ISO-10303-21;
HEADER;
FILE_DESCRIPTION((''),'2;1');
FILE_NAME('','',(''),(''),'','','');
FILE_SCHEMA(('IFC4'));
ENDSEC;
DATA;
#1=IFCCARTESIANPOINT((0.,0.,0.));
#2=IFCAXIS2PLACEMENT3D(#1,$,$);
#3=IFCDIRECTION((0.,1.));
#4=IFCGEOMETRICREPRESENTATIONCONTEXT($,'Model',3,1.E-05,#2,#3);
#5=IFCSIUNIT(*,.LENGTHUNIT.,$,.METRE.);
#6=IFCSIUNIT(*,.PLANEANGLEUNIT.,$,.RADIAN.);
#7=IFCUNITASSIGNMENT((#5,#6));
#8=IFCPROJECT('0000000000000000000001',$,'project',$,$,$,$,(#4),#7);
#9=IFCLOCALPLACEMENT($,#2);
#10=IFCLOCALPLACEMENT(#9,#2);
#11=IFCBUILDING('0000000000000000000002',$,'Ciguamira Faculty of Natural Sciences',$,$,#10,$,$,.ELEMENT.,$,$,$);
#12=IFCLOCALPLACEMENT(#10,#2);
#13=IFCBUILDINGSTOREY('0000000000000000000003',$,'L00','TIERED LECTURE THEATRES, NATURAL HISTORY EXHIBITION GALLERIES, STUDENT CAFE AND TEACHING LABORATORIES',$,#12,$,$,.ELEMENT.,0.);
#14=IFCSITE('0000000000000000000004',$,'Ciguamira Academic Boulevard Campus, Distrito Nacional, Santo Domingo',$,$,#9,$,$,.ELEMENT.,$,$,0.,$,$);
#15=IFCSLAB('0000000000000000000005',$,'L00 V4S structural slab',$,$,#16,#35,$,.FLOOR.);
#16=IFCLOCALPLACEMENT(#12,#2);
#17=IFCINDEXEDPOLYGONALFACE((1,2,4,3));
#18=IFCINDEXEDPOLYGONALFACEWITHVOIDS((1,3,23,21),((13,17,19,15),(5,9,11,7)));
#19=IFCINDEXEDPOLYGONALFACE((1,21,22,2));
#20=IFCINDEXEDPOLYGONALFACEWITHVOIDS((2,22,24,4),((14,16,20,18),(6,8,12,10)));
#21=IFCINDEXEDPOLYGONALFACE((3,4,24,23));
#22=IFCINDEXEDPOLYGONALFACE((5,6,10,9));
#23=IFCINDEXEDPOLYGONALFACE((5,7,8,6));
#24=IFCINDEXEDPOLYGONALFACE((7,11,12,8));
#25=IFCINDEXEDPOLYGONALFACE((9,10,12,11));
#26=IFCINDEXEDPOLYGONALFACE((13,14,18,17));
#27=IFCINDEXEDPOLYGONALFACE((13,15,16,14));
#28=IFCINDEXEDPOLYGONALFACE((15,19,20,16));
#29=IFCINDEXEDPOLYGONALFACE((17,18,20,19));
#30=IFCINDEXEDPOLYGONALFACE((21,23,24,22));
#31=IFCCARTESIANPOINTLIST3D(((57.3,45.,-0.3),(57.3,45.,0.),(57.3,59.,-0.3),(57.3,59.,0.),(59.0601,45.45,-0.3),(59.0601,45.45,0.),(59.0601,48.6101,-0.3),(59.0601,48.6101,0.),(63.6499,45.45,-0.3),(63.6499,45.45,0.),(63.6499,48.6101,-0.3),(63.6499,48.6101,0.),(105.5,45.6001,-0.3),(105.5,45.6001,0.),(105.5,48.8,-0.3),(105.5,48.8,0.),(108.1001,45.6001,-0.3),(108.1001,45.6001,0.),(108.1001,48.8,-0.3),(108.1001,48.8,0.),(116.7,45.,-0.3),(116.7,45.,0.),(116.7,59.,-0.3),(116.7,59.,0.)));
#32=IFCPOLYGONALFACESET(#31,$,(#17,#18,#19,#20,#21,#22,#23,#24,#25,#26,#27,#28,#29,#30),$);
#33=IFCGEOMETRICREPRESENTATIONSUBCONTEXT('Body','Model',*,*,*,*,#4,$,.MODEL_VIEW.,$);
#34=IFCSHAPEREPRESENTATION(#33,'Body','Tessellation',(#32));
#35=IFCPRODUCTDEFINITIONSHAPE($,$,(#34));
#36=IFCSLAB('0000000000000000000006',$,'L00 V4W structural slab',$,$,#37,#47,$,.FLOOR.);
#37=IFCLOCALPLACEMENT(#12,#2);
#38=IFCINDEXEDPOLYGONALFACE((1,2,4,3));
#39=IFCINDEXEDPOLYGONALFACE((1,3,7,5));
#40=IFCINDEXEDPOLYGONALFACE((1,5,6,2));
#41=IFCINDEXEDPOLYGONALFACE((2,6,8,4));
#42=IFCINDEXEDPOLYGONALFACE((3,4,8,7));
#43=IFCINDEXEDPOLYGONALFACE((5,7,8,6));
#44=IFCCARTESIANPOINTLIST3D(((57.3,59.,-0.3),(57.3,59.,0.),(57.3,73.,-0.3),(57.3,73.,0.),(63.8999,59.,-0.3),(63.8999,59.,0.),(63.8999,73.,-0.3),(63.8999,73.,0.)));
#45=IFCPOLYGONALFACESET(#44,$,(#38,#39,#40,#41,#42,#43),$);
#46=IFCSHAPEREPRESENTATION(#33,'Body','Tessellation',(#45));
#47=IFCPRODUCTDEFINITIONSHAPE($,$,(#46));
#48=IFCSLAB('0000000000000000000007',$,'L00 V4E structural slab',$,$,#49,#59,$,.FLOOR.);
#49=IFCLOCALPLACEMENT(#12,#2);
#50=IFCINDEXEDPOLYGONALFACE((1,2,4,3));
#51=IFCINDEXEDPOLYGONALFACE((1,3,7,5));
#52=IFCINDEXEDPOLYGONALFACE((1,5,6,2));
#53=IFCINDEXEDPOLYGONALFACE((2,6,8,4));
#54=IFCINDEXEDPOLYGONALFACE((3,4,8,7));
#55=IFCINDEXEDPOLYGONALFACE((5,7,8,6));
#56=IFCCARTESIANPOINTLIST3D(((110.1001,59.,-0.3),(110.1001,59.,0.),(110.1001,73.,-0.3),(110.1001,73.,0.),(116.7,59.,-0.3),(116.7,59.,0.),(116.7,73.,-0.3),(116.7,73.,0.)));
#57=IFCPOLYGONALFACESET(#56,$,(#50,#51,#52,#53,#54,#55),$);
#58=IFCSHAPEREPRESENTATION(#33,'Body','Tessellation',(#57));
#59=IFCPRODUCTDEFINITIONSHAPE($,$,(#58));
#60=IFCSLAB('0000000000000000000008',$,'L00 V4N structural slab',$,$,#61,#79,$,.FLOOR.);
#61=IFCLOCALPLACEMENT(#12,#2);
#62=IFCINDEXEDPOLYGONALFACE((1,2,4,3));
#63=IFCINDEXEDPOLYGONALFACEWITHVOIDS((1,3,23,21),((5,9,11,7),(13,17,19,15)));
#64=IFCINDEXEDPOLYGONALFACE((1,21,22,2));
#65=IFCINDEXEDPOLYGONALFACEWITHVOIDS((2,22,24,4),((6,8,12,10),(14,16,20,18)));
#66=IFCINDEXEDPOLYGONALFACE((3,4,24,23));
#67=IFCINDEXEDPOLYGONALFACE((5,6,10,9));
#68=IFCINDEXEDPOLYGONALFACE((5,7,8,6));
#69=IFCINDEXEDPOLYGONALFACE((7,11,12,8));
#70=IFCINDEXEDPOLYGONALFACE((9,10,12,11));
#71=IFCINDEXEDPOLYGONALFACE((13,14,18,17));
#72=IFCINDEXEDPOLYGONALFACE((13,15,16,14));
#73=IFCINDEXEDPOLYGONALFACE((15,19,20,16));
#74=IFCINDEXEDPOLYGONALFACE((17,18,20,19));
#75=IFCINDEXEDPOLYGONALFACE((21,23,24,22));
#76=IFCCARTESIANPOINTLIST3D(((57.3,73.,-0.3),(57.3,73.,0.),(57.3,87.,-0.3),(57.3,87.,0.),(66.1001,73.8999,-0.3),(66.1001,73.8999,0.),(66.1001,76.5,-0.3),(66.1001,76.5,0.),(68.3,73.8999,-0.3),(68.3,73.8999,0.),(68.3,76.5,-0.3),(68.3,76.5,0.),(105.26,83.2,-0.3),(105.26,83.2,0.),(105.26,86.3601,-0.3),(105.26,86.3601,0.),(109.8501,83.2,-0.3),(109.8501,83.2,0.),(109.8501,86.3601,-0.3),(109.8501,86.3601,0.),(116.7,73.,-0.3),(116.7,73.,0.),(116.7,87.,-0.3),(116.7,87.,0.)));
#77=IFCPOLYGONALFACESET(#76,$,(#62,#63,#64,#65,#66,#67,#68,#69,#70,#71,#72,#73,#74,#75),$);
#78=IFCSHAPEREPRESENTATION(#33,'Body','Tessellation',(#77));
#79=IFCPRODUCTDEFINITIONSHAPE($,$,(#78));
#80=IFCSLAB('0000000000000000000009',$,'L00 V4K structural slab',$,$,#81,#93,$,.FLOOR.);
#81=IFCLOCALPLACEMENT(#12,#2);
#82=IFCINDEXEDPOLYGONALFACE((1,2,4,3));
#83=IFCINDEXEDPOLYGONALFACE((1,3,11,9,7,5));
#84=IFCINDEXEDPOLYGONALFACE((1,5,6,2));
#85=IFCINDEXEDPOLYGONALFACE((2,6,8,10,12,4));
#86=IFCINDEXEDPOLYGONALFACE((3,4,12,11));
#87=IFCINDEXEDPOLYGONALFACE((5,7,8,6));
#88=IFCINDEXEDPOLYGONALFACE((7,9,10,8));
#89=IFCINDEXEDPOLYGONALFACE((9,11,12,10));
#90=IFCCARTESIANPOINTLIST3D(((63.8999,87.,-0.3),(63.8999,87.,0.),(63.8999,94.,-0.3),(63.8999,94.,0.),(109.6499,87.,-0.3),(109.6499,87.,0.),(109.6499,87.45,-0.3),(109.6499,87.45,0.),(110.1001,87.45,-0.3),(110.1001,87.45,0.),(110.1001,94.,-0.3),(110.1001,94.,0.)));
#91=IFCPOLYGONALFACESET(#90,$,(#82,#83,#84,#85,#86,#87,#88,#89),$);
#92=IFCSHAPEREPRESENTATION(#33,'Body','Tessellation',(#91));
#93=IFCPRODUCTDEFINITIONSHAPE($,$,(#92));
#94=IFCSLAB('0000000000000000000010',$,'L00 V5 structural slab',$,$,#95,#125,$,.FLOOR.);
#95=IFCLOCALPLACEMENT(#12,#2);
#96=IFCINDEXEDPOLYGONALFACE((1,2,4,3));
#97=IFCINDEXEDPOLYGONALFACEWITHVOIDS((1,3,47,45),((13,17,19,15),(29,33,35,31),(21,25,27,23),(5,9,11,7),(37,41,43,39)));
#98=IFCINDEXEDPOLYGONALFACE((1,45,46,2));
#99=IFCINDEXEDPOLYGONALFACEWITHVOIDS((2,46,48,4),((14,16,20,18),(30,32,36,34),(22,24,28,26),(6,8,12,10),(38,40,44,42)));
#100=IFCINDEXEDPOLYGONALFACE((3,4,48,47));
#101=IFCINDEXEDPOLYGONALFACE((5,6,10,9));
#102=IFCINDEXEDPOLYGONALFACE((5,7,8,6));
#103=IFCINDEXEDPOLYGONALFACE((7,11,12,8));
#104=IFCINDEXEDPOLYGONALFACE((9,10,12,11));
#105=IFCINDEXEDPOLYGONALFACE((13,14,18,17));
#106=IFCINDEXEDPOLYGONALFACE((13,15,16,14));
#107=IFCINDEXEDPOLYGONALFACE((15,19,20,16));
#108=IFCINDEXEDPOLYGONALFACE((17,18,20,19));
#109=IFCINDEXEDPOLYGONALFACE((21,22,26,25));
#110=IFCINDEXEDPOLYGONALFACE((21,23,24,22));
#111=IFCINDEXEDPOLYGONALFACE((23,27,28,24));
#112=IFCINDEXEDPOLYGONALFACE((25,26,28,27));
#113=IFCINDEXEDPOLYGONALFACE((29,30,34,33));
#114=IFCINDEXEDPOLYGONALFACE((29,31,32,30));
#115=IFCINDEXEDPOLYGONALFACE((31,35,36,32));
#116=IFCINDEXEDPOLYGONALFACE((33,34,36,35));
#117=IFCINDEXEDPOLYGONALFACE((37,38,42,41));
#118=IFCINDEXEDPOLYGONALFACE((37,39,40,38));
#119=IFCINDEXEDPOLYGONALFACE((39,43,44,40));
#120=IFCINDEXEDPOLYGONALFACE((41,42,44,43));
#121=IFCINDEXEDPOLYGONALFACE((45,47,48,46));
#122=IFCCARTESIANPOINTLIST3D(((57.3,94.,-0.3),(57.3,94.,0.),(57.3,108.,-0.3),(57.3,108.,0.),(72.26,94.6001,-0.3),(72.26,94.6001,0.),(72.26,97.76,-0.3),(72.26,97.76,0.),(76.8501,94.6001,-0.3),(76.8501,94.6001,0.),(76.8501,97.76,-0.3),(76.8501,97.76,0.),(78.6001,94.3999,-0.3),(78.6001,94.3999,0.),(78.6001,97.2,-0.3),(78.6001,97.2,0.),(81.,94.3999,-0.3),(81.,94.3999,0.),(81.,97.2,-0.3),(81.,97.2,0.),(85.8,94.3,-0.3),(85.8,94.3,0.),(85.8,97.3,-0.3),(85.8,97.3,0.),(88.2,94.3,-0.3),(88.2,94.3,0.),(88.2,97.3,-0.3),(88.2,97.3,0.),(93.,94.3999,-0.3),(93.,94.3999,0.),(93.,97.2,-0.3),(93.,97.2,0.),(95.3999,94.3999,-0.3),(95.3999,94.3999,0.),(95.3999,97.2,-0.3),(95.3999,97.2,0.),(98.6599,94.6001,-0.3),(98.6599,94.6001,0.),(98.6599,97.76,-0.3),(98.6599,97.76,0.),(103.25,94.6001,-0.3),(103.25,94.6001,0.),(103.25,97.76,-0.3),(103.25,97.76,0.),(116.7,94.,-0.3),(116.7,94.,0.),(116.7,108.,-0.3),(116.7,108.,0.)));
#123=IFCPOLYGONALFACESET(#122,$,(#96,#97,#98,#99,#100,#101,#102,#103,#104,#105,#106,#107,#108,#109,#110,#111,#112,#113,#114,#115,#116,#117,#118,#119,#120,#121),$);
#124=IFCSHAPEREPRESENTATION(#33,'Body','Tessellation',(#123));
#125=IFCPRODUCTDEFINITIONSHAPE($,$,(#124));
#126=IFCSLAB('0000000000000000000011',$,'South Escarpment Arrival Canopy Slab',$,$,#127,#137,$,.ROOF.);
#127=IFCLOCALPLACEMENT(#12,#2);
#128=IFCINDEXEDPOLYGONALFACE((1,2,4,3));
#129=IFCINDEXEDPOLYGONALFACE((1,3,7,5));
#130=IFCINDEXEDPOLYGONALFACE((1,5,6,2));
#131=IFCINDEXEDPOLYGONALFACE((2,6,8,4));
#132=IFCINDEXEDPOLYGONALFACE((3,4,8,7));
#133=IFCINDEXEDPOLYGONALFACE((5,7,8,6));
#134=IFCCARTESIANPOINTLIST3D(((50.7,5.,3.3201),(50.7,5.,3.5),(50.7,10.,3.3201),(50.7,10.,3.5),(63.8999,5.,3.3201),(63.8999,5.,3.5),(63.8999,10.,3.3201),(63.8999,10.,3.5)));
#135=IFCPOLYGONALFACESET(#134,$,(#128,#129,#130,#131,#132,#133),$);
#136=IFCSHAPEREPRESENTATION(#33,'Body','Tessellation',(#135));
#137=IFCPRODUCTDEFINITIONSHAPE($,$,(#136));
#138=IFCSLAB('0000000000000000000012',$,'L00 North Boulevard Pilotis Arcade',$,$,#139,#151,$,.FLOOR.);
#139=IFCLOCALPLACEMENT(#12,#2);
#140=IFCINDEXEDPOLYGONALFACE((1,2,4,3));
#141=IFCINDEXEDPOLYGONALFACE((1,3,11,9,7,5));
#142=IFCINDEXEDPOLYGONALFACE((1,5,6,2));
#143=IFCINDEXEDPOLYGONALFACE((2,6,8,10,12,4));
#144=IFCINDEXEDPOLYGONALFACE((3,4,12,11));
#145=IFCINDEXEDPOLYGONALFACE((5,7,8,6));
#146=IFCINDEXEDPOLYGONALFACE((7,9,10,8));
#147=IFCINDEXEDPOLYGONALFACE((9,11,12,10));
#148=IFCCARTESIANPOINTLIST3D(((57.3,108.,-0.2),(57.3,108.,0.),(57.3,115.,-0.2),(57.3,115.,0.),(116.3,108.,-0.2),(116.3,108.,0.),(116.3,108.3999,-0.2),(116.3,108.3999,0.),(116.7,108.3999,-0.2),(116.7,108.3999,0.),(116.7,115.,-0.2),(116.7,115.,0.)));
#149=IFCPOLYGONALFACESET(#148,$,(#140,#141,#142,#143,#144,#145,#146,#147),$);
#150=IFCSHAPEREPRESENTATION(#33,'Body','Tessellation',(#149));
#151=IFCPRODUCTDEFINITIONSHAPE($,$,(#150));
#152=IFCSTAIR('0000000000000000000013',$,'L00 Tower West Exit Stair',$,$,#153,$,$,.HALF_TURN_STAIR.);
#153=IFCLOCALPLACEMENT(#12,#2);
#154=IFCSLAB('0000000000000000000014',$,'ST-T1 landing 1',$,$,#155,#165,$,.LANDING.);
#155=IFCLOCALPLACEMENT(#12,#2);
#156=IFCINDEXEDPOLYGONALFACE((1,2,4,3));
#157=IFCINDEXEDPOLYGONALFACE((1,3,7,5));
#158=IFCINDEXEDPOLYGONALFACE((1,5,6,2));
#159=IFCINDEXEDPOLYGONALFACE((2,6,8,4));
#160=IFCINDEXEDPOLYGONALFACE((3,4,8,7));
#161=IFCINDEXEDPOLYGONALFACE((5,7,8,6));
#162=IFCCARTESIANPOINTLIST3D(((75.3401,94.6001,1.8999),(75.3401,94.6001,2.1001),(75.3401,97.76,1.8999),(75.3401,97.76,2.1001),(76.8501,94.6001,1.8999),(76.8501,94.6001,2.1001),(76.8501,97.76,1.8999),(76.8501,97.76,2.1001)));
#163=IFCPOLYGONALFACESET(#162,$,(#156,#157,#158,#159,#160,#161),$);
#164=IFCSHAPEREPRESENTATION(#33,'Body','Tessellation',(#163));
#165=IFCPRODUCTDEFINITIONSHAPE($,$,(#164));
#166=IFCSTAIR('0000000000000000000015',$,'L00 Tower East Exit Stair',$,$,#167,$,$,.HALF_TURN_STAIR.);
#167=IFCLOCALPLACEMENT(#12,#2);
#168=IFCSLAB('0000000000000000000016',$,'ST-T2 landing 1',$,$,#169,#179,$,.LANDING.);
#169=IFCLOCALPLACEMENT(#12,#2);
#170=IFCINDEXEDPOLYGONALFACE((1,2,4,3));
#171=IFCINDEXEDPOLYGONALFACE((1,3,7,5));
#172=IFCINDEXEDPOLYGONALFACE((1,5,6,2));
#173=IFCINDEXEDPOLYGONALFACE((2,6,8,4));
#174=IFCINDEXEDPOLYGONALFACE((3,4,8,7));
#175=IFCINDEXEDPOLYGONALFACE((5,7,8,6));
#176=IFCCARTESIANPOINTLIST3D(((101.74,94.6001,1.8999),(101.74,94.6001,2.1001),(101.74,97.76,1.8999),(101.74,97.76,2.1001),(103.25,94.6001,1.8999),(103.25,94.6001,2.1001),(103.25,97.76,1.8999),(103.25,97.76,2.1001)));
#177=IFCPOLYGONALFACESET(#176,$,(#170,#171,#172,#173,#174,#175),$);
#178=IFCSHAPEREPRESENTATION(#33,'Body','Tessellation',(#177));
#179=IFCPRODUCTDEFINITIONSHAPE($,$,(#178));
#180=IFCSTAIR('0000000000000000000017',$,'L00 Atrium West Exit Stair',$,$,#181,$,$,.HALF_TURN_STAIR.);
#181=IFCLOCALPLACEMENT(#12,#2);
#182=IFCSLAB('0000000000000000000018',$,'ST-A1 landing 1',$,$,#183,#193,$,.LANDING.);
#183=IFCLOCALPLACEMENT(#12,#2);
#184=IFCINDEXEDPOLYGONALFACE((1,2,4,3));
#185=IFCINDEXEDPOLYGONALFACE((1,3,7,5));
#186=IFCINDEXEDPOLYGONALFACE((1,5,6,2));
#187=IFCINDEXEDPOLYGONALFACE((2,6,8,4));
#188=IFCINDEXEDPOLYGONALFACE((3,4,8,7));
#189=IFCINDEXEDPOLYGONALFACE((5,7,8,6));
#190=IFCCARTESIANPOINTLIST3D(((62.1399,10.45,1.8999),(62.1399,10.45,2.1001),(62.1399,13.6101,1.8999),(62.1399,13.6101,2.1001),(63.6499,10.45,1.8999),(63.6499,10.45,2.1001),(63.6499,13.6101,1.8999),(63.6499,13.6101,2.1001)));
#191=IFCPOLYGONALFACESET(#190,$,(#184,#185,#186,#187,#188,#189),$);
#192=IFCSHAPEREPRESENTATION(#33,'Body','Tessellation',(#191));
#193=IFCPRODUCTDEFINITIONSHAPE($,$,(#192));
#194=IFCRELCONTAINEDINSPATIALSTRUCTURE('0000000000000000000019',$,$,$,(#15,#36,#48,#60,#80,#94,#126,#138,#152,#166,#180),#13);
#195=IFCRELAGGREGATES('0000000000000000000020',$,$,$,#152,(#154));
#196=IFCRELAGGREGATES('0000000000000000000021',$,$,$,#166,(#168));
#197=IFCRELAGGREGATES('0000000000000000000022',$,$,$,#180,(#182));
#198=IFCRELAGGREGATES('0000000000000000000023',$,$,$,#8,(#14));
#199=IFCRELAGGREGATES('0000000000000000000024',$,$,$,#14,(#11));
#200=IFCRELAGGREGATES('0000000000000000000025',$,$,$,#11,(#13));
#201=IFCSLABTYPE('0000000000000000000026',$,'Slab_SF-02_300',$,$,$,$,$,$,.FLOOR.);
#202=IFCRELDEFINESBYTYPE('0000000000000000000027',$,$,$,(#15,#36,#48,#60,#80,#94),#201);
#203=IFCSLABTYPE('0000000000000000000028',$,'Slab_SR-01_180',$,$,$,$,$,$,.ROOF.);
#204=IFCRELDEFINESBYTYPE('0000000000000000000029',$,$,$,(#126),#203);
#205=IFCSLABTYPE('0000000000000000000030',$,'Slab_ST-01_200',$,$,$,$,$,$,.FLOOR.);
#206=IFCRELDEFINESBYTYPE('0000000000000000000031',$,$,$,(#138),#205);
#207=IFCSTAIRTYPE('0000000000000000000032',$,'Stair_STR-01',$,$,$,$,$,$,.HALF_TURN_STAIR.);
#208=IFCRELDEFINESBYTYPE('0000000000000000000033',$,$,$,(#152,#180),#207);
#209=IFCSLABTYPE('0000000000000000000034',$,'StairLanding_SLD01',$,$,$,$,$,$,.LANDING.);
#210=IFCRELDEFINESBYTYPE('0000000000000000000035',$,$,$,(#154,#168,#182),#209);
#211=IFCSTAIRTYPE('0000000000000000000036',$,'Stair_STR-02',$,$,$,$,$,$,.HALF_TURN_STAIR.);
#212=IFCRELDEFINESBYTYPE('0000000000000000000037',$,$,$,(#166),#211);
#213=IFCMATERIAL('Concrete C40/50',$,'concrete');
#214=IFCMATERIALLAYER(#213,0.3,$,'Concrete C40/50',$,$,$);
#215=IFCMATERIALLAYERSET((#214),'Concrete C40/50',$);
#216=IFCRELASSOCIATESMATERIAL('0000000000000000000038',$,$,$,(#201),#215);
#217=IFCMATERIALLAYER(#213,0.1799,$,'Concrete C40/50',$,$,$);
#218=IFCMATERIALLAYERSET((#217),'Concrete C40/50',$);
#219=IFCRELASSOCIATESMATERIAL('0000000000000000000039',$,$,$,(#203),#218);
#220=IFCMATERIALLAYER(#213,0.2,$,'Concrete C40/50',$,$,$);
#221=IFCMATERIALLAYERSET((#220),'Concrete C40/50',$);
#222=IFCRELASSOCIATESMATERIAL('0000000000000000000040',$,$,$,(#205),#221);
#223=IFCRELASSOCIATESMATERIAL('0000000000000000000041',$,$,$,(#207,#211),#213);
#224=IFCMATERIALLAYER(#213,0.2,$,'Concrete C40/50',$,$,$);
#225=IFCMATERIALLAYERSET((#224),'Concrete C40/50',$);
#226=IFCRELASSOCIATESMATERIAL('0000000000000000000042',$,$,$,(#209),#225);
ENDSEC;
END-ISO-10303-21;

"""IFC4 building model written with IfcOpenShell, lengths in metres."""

from ifc_helpers import new_model, si_unit, direction, frame, origin, place, context, subcontext, project, spatial, polyline, outline, extrude, material, layer, layer_set, type_object, element, aggregate, save


model = new_model("IFC4")

# Units and contexts
model_context = context("Model", 3, precision=1e-05, world=origin(), true_north=direction((0.0, 1.0)))
body_context = subcontext(model_context, "Body", "Model", "MODEL_VIEW")
ifc_project = project(units=[si_unit("LENGTHUNIT", "METRE"), si_unit("PLANEANGLEUNIT", "RADIAN")], contexts=[model_context])

# Site, building, storey
site_placement = place(None, origin())
site = spatial("IfcSite", under=ifc_project, at=site_placement, Name="Ciguamira Academic Boulevard Campus, Distrito Nacional, Santo Domingo", CompositionType="ELEMENT", RefElevation=0.0)
building_placement = place(site_placement, origin())
building = spatial("IfcBuilding", under=site, at=building_placement, Name="Ciguamira Faculty of Natural Sciences", CompositionType="ELEMENT")
storey_placement = place(building_placement, origin())
storey = spatial("IfcBuildingStorey", under=building, at=storey_placement, Name="L00", Description="TIERED LECTURE THEATRES, NATURAL HISTORY EXHIBITION GALLERIES, STUDENT CAFE AND TEACHING LABORATORIES", CompositionType="ELEMENT", Elevation=0.0)

# Slabs
ifc_material_1 = material(Name="Concrete C40/50", Category="concrete")
ifc_layer_1 = layer(ifc_material_1, 0.3, Name="Concrete C40/50")
ifc_layer_set_1 = layer_set([ifc_layer_1], Name="Concrete C40/50")
slab_type_1 = type_object("IfcSlabType", Name="Slab_SF-02_300", PredefinedType="FLOOR", material=ifc_layer_set_1)
slab_1_placement = place(storey_placement, frame((0.0, 0.0, -0.3)))
element("IfcSlab", 1, at=slab_1_placement, inside=storey, type_object=slab_type_1, Name="L00 V4S structural slab", PredefinedType="FLOOR", context=body_context, shape_type="SweptSolid", body=[
    extrude(outline(polyline([(57.3, 45.0), (116.7, 45.0), (116.7, 59.0), (57.3, 59.0), (57.3, 45.0)]), holes=[polyline([(59.0601, 45.45), (63.6499, 45.45), (63.6499, 48.6101), (59.0601, 48.6101), (59.0601, 45.45)]), polyline([(105.5, 45.6001), (108.1001, 45.6001), (108.1001, 48.8), (105.5, 48.8), (105.5, 45.6001)])]), origin(), (0.0, 0.0, 1.0), 0.3),
])
slab_2_placement = place(storey_placement, frame((0.0, 0.0, -0.3)))
element("IfcSlab", 2, at=slab_2_placement, inside=storey, type_object=slab_type_1, Name="L00 V4W structural slab", PredefinedType="FLOOR", context=body_context, shape_type="SweptSolid", body=[
    extrude(outline(polyline([(57.3, 59.0), (63.8999, 59.0), (63.8999, 73.0), (57.3, 73.0), (57.3, 59.0)])), origin(), (0.0, 0.0, 1.0), 0.3),
])
slab_3_placement = place(storey_placement, frame((0.0, 0.0, -0.3)))
element("IfcSlab", 3, at=slab_3_placement, inside=storey, type_object=slab_type_1, Name="L00 V4E structural slab", PredefinedType="FLOOR", context=body_context, shape_type="SweptSolid", body=[
    extrude(outline(polyline([(110.1001, 59.0), (116.7, 59.0), (116.7, 73.0), (110.1001, 73.0), (110.1001, 59.0)])), origin(), (0.0, 0.0, 1.0), 0.3),
])
slab_4_placement = place(storey_placement, frame((0.0, 0.0, -0.3)))
element("IfcSlab", 4, at=slab_4_placement, inside=storey, type_object=slab_type_1, Name="L00 V4N structural slab", PredefinedType="FLOOR", context=body_context, shape_type="SweptSolid", body=[
    extrude(outline(polyline([(57.3, 73.0), (116.7, 73.0), (116.7, 87.0), (57.3, 87.0), (57.3, 73.0)]), holes=[polyline([(105.26, 83.2), (109.8501, 83.2), (109.8501, 86.3601), (105.26, 86.3601), (105.26, 83.2)]), polyline([(66.1001, 73.8999), (68.3, 73.8999), (68.3, 76.5), (66.1001, 76.5), (66.1001, 73.8999)])]), origin(), (0.0, 0.0, 1.0), 0.3),
])
slab_5_placement = place(storey_placement, frame((0.0, 0.0, -0.3)))
element("IfcSlab", 5, at=slab_5_placement, inside=storey, type_object=slab_type_1, Name="L00 V4K structural slab", PredefinedType="FLOOR", context=body_context, shape_type="SweptSolid", body=[
    extrude(outline(polyline([(63.8999, 87.0), (109.6499, 87.0), (109.6499, 87.45), (110.1001, 87.45), (110.1001, 94.0), (63.8999, 94.0), (63.8999, 87.0)])), origin(), (0.0, 0.0, 1.0), 0.3),
])
slab_6_placement = place(storey_placement, frame((0.0, 0.0, -0.3)))
element("IfcSlab", 6, at=slab_6_placement, inside=storey, type_object=slab_type_1, Name="L00 V5 structural slab", PredefinedType="FLOOR", context=body_context, shape_type="SweptSolid", body=[
    extrude(outline(polyline([(57.3, 94.0), (116.7, 94.0), (116.7, 108.0), (57.3, 108.0), (57.3, 94.0)]), holes=[polyline([(72.26, 94.6001), (76.8501, 94.6001), (76.8501, 97.76), (72.26, 97.76), (72.26, 94.6001)]), polyline([(98.6599, 94.6001), (103.25, 94.6001), (103.25, 97.76), (98.6599, 97.76), (98.6599, 94.6001)]), polyline([(78.6001, 94.3999), (81.0, 94.3999), (81.0, 97.2), (78.6001, 97.2), (78.6001, 94.3999)]), polyline([(93.0, 94.3999), (95.3999, 94.3999), (95.3999, 97.2), (93.0, 97.2), (93.0, 94.3999)]), polyline([(85.8, 94.3), (88.2, 94.3), (88.2, 97.3), (85.8, 97.3), (85.8, 94.3)])]), origin(), (0.0, 0.0, 1.0), 0.3),
])
ifc_layer_2 = layer(ifc_material_1, 0.1799, Name="Concrete C40/50")
ifc_layer_set_2 = layer_set([ifc_layer_2], Name="Concrete C40/50")
slab_type_2 = type_object("IfcSlabType", Name="Slab_SR-01_180", PredefinedType="ROOF", material=ifc_layer_set_2)
slab_7_placement = place(storey_placement, frame((0.0, 0.0, 3.3201)))
element("IfcSlab", 7, at=slab_7_placement, inside=storey, type_object=slab_type_2, Name="South Escarpment Arrival Canopy Slab", PredefinedType="ROOF", context=body_context, shape_type="SweptSolid", body=[
    extrude(outline(polyline([(50.7, 5.0), (63.8999, 5.0), (63.8999, 10.0), (50.7, 10.0), (50.7, 5.0)])), origin(), (0.0, 0.0, 1.0), 0.1799),
])
ifc_layer_3 = layer(ifc_material_1, 0.2, Name="Concrete C40/50")
ifc_layer_set_3 = layer_set([ifc_layer_3], Name="Concrete C40/50")
slab_type_3 = type_object("IfcSlabType", Name="Slab_ST-01_200", PredefinedType="FLOOR", material=ifc_layer_set_3)
slab_8_placement = place(storey_placement, frame((0.0, 0.0, -0.2)))
element("IfcSlab", 8, at=slab_8_placement, inside=storey, type_object=slab_type_3, Name="L00 North Boulevard Pilotis Arcade", PredefinedType="FLOOR", context=body_context, shape_type="SweptSolid", body=[
    extrude(outline(polyline([(57.3, 108.0), (116.3, 108.0), (116.3, 108.3999), (116.7, 108.3999), (116.7, 115.0), (57.3, 115.0), (57.3, 108.0)])), origin(), (0.0, 0.0, 1.0), 0.2),
])

# Stairs, slabs
stair_type_1 = type_object("IfcStairType", Name="Stair_STR-01", PredefinedType="HALF_TURN_STAIR", material=ifc_material_1)
stair_1_placement = place(storey_placement, origin())
stair_1 = element("IfcStair", 9, at=stair_1_placement, inside=storey, type_object=stair_type_1, Name="L00 Tower West Exit Stair", PredefinedType="HALF_TURN_STAIR")
ifc_layer_4 = layer(ifc_material_1, 0.2, Name="Concrete C40/50")
ifc_layer_set_4 = layer_set([ifc_layer_4], Name="Concrete C40/50")
slab_type_4 = type_object("IfcSlabType", Name="StairLanding_SLD01", PredefinedType="LANDING", material=ifc_layer_set_4)
slab_9_placement = place(storey_placement, frame((0.0, 0.0, 1.8999)))
slab_9 = element("IfcSlab", 10, at=slab_9_placement, type_object=slab_type_4, Name="ST-T1 landing 1", PredefinedType="LANDING", context=body_context, shape_type="SweptSolid", body=[
    extrude(outline(polyline([(75.3401, 94.6001), (76.8501, 94.6001), (76.8501, 97.76), (75.3401, 97.76), (75.3401, 94.6001)])), origin(), (0.0, 0.0, 1.0), 0.2002),
])
aggregate(stair_1, [slab_9])
stair_type_2 = type_object("IfcStairType", Name="Stair_STR-02", PredefinedType="HALF_TURN_STAIR", material=ifc_material_1)
stair_2_placement = place(storey_placement, origin())
stair_2 = element("IfcStair", 11, at=stair_2_placement, inside=storey, type_object=stair_type_2, Name="L00 Tower East Exit Stair", PredefinedType="HALF_TURN_STAIR")
slab_10_placement = place(storey_placement, frame((0.0, 0.0, 1.8999)))
slab_10 = element("IfcSlab", 12, at=slab_10_placement, type_object=slab_type_4, Name="ST-T2 landing 1", PredefinedType="LANDING", context=body_context, shape_type="SweptSolid", body=[
    extrude(outline(polyline([(101.74, 94.6001), (103.25, 94.6001), (103.25, 97.76), (101.74, 97.76), (101.74, 94.6001)])), origin(), (0.0, 0.0, 1.0), 0.2002),
])
aggregate(stair_2, [slab_10])
stair_3_placement = place(storey_placement, origin())
stair_3 = element("IfcStair", 13, at=stair_3_placement, inside=storey, type_object=stair_type_1, Name="L00 Atrium West Exit Stair", PredefinedType="HALF_TURN_STAIR")
slab_11_placement = place(storey_placement, frame((0.0, 0.0, 1.8999)))
slab_11 = element("IfcSlab", 14, at=slab_11_placement, type_object=slab_type_4, Name="ST-A1 landing 1", PredefinedType="LANDING", context=body_context, shape_type="SweptSolid", body=[
    extrude(outline(polyline([(62.1399, 10.45), (63.6499, 10.45), (63.6499, 13.6101), (62.1399, 13.6101), (62.1399, 10.45)])), origin(), (0.0, 0.0, 1.0), 0.2002),
])
aggregate(stair_3, [slab_11])

save(model, "model.ifc")
